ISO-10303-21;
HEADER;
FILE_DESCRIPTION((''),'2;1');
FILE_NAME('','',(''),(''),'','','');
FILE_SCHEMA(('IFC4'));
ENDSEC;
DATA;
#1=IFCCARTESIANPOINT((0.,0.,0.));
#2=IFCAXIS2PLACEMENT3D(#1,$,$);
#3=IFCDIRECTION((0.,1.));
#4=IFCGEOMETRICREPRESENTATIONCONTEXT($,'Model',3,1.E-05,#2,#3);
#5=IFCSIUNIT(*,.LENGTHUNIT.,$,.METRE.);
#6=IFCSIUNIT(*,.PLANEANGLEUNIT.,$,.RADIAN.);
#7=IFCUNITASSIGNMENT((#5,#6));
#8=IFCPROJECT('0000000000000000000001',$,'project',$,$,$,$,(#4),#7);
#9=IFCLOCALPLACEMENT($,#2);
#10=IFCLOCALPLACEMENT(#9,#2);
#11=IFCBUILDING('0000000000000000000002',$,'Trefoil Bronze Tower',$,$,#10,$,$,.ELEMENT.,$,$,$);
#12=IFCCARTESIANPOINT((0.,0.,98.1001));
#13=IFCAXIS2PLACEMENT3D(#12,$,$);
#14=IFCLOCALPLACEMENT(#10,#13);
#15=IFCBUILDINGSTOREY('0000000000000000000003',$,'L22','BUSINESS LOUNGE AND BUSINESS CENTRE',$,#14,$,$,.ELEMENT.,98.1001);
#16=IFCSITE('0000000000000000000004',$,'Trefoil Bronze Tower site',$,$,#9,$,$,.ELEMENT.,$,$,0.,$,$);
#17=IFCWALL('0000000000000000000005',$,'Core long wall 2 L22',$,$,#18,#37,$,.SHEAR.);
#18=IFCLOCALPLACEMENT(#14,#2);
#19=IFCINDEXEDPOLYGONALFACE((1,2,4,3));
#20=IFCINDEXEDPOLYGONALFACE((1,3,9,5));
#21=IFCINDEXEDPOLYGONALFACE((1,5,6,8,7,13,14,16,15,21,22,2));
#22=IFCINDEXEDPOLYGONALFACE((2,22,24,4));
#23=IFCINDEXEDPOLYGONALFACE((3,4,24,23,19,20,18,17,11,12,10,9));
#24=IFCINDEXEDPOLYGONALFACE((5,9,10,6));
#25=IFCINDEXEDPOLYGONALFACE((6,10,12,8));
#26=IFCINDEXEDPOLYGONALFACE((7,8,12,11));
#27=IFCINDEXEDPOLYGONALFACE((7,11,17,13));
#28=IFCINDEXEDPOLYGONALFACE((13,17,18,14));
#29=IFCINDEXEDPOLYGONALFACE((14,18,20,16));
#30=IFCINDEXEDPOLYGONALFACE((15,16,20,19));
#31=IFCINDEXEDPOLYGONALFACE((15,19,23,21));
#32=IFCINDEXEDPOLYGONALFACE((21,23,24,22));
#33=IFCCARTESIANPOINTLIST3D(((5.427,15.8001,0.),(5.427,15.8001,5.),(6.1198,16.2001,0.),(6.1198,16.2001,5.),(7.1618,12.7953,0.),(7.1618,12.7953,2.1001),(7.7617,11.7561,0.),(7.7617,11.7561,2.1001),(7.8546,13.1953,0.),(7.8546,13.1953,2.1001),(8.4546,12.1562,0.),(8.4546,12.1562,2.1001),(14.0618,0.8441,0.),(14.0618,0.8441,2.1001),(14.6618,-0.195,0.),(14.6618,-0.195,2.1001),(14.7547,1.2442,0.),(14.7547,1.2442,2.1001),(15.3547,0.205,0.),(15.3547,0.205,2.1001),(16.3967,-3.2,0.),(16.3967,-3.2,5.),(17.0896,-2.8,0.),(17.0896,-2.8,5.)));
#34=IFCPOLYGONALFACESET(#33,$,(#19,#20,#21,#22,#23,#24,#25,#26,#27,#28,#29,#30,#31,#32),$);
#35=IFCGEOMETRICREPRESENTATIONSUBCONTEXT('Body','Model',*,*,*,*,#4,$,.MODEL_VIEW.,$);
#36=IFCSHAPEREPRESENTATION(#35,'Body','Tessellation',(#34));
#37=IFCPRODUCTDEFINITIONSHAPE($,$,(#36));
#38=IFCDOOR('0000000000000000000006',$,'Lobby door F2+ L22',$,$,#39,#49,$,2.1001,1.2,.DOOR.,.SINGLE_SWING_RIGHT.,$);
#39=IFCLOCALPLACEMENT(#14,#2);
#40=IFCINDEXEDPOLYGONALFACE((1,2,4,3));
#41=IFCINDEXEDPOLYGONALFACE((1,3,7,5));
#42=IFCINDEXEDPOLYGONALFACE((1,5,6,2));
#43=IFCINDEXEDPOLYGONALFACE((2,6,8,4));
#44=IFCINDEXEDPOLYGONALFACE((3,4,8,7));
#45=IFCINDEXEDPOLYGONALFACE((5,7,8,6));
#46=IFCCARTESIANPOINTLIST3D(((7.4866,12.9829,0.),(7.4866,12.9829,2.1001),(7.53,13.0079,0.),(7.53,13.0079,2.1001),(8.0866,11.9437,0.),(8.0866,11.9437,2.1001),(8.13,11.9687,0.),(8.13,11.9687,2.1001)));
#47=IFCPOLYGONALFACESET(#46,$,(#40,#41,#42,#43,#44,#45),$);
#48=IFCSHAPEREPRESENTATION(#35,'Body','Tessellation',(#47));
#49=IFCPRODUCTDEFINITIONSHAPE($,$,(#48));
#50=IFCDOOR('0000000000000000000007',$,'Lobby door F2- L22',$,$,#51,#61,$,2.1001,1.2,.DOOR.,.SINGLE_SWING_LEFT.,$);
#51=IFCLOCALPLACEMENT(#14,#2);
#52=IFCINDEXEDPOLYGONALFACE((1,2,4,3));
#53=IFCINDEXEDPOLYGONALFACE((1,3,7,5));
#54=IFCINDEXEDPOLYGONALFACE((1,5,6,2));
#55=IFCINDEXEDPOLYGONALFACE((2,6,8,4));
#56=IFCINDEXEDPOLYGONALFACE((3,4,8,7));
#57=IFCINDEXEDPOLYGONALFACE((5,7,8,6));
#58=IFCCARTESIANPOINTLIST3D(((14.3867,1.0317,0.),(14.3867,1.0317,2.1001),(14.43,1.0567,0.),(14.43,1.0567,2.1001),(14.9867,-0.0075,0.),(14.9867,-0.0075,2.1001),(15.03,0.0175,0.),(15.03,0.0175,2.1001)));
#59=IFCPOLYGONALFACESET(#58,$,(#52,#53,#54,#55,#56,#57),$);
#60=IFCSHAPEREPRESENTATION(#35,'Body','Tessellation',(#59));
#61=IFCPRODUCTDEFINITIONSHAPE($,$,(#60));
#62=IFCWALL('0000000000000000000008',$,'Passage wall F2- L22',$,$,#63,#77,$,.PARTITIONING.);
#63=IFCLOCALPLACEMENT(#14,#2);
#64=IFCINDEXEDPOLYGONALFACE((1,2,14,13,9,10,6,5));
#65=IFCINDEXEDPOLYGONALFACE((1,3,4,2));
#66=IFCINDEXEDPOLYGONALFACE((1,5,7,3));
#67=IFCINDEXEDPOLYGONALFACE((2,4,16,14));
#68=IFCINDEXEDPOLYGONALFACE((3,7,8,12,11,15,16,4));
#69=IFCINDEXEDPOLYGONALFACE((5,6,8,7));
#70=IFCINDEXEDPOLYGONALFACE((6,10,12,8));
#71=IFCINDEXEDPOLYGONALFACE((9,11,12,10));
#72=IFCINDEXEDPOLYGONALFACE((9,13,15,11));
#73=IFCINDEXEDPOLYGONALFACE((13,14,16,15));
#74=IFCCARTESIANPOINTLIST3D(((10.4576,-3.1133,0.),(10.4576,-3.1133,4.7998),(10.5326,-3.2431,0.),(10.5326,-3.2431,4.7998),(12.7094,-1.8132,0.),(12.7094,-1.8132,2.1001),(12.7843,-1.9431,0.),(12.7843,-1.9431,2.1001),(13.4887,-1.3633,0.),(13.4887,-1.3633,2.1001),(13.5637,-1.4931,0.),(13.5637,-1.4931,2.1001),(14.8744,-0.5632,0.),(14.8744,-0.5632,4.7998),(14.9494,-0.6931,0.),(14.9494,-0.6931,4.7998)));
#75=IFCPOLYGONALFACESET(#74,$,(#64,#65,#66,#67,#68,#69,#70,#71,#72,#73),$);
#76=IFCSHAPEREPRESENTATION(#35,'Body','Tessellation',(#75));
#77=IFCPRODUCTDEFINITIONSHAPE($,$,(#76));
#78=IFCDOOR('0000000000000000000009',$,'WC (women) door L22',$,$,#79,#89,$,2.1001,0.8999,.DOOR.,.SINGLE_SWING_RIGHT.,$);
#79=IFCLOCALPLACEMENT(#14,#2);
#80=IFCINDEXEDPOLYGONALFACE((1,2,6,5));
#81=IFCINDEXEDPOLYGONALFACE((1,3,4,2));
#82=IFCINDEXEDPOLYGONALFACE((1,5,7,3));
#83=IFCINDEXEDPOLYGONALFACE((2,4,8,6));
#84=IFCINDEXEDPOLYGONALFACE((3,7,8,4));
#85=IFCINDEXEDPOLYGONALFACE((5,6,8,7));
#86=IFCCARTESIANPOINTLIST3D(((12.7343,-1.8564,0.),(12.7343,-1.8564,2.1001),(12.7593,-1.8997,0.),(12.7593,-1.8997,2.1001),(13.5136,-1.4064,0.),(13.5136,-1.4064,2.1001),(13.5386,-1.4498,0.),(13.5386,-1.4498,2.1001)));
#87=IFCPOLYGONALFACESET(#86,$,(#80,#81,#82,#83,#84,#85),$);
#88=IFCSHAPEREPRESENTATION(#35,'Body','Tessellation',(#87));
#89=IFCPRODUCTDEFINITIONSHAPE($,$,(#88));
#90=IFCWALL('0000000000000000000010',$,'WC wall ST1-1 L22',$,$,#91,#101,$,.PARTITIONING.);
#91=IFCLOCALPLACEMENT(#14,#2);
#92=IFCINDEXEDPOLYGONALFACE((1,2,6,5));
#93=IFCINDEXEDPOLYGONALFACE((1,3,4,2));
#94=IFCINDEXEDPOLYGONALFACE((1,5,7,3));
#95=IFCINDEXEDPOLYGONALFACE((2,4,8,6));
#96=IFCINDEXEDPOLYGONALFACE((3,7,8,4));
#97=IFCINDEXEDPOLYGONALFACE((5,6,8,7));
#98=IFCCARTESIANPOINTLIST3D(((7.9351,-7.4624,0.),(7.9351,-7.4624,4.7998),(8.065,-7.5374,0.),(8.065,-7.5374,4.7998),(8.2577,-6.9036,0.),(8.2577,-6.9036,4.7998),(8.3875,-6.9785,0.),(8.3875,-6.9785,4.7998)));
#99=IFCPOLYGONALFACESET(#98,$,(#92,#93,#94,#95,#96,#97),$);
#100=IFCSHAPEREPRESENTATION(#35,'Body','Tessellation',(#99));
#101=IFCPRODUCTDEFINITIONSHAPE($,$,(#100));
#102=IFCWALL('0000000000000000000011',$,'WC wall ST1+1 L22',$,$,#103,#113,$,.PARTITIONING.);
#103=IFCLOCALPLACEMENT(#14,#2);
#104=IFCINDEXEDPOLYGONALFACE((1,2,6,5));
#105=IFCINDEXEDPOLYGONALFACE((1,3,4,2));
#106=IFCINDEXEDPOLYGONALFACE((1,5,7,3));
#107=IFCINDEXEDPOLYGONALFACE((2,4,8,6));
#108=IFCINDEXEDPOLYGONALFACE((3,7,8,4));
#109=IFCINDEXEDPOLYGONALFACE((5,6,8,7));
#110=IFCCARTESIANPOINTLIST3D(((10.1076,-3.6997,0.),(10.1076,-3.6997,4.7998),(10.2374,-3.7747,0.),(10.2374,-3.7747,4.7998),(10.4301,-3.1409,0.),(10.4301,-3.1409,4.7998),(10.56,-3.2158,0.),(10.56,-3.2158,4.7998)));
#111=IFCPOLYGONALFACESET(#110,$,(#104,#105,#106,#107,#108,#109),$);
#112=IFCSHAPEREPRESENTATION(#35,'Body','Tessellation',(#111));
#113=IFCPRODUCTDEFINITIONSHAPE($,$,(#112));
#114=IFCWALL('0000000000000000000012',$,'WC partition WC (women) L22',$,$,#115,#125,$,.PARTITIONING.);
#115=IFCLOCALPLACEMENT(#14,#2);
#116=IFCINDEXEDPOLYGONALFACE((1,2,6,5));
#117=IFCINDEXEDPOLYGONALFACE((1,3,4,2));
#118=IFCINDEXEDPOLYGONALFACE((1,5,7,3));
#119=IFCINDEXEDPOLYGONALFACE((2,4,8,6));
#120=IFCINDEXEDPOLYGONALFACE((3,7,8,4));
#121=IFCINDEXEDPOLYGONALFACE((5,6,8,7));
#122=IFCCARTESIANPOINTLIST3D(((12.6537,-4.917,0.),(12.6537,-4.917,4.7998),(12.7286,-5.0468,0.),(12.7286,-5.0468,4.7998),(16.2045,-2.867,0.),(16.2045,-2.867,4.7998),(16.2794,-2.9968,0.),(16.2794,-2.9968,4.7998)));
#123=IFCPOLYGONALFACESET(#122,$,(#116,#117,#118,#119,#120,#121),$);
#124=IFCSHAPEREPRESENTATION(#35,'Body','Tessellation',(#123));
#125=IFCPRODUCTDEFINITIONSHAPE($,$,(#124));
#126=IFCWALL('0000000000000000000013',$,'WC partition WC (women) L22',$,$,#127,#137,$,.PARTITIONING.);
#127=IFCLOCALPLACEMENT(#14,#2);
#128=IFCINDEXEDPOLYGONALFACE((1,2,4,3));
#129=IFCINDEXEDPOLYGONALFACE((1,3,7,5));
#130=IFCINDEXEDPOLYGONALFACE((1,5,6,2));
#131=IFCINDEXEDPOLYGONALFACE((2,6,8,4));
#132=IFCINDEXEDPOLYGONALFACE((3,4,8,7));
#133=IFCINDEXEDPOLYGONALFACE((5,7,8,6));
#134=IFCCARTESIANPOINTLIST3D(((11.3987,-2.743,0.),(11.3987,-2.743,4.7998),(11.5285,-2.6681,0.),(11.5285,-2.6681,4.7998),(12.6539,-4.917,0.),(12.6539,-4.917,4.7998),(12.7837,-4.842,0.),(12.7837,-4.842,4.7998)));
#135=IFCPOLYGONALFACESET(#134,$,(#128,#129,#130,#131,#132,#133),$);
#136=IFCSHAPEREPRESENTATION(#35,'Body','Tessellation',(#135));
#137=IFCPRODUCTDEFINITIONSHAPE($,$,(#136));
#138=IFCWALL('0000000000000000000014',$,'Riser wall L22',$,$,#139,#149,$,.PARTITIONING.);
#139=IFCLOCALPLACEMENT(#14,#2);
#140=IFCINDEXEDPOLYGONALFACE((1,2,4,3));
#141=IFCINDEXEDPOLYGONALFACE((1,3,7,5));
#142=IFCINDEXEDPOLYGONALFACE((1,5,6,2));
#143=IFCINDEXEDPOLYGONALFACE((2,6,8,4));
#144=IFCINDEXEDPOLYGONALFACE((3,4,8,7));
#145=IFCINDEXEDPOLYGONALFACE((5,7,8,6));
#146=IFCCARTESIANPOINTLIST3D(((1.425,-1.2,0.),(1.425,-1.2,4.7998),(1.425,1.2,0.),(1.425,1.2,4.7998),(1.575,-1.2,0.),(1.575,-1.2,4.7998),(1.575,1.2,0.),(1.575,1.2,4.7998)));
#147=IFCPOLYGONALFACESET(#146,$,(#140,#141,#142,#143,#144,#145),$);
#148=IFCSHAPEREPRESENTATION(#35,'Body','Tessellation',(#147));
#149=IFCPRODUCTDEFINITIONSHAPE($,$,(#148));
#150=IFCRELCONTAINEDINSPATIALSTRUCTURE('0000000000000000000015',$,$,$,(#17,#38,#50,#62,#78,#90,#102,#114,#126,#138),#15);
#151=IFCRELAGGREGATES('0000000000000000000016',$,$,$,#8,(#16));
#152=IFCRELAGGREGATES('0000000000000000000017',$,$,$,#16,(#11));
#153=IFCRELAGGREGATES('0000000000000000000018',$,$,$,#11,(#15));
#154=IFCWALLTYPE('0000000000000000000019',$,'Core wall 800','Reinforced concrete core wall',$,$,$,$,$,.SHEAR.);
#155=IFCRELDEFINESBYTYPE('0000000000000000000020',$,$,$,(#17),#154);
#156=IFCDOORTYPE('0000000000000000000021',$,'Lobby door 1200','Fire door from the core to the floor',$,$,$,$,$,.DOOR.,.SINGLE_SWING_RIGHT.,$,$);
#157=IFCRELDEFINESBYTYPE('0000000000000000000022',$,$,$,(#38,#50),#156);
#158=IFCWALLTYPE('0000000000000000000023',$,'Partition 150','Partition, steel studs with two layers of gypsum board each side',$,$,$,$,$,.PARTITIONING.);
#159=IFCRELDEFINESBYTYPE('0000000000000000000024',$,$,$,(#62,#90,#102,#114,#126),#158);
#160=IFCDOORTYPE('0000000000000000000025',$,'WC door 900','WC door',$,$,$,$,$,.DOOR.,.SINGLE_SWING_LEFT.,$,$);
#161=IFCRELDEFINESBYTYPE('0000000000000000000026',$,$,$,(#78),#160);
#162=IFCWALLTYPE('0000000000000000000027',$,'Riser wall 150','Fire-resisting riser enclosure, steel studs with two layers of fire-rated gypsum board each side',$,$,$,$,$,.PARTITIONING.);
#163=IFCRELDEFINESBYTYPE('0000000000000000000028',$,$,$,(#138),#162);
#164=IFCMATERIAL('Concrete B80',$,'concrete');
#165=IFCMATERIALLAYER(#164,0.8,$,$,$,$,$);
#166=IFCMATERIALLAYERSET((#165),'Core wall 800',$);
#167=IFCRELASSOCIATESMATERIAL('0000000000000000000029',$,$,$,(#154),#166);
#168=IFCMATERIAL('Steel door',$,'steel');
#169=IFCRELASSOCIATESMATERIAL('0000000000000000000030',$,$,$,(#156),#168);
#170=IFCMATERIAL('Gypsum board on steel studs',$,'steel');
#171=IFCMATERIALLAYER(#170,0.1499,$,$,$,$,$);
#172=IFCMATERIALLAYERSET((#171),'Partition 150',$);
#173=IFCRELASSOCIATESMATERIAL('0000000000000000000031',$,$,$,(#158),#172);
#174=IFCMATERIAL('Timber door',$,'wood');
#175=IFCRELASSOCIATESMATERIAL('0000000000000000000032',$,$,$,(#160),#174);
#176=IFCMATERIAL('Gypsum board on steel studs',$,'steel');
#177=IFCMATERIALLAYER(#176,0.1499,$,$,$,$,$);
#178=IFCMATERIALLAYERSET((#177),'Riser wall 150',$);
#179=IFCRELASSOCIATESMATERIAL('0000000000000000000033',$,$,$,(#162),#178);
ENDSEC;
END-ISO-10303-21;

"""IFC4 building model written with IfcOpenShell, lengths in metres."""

from ifc_helpers import new_model, si_unit, direction, frame, frame_2d, origin, place, context, subcontext, project, spatial, rectangle, extrude, material, layer, layer_set, type_object, element, fill, save


model = new_model("IFC4")

# Units and contexts
model_context = context("Model", 3, precision=1e-05, world=origin(), true_north=direction((0.0, 1.0)))
body_context = subcontext(model_context, "Body", "Model", "MODEL_VIEW")
ifc_project = project(units=[si_unit("LENGTHUNIT", "METRE"), si_unit("PLANEANGLEUNIT", "RADIAN")], contexts=[model_context])

# Site, building, storey
site_placement = place(None, origin())
site = spatial("IfcSite", under=ifc_project, at=site_placement, Name="Trefoil Bronze Tower site", CompositionType="ELEMENT", RefElevation=0.0)
building_placement = place(site_placement, origin())
building = spatial("IfcBuilding", under=site, at=building_placement, Name="Trefoil Bronze Tower", CompositionType="ELEMENT")
storey_placement = place(building_placement, frame((0.0, 0.0, 98.1001)))
storey = spatial("IfcBuildingStorey", under=building, at=storey_placement, Name="L22", Description="BUSINESS LOUNGE AND BUSINESS CENTRE", CompositionType="ELEMENT", Elevation=98.1001)

# Wall, openings, doors
ifc_material_1 = material(Name="Concrete B80", Category="concrete")
ifc_layer_1 = layer(ifc_material_1, 0.8)
ifc_layer_set_1 = layer_set([ifc_layer_1], Name="Core wall 800")
wall_type_1 = type_object("IfcWallType", Name="Core wall 800", Description="Reinforced concrete core wall", PredefinedType="SHEAR", material=ifc_layer_set_1)
wall_1_placement = place(storey_placement, frame((16.7432, -3.0, 0.0), z_axis=(0.0, 0.0, 1.0), x_axis=(-0.500002, 0.866024, 0.0)))
wall_1 = element("IfcWall", 1, at=wall_1_placement, inside=storey, type_object=wall_type_1, Name="Core long wall 2 L22", PredefinedType="SHEAR", context=body_context, shape_type="SweptSolid", body=[
    extrude(rectangle(XDim=21.9395, YDim=0.8, at=frame_2d((10.9697, 0.0))), origin(), (0.0, 0.0, 1.0), 5.0),
])
opening_1_placement = place(wall_1_placement, frame((17.2698, 0.0, 0.0)))
opening_1 = element("IfcOpeningElement", 2, at=opening_1_placement, cuts=wall_1, PredefinedType="OPENING", context=body_context, shape_type="SweptSolid", body=[
    extrude(rectangle(XDim=1.2, YDim=2.1001, at=frame_2d((0.6001, 1.05))), frame((0.0, 0.4099, 0.0), z_axis=(0.0, -1.0, 0.0), x_axis=(1.0, 0.0, 0.0)), (0.0, 0.0, 1.0), 0.8201),
])
opening_2_placement = place(wall_1_placement, frame((3.4697, 0.0, 0.0)))
opening_2 = element("IfcOpeningElement", 3, at=opening_2_placement, cuts=wall_1, PredefinedType="OPENING", context=body_context, shape_type="SweptSolid", body=[
    extrude(rectangle(XDim=1.2, YDim=2.1001, at=frame_2d((0.6001, 1.05))), frame((0.0, 0.4099, 0.0), z_axis=(0.0, -1.0, 0.0), x_axis=(1.0, 0.0, 0.0)), (0.0, 0.0, 1.0), 0.8201),
])
ifc_material_2 = material(Name="Steel door", Category="steel")
door_type_1 = type_object("IfcDoorType", Name="Lobby door 1200", Description="Fire door from the core to the floor", OperationType="SINGLE_SWING_RIGHT", PredefinedType="DOOR", material=ifc_material_2)
door_1_placement = place(opening_1_placement, origin())
door_1 = element("IfcDoor", 4, at=door_1_placement, inside=storey, type_object=door_type_1, Name="Lobby door F2+ L22", OperationType="SINGLE_SWING_RIGHT", OverallHeight=2.1001, OverallWidth=1.2, PredefinedType="DOOR", context=body_context, shape_type="SweptSolid", body=[
    extrude(rectangle(XDim=1.2, YDim=2.1001, at=frame_2d((0.6001, 1.05))), frame((0.0, 0.0249, 0.0), z_axis=(0.0, -1.0, 0.0), x_axis=(1.0, 0.0, 0.0)), (0.0, 0.0, 1.0), 0.05),
])
fill(opening_1, door_1)
door_2_placement = place(opening_2_placement, origin())
door_2 = element("IfcDoor", 5, at=door_2_placement, inside=storey, type_object=door_type_1, Name="Lobby door F2- L22", OperationType="SINGLE_SWING_LEFT", OverallHeight=2.1001, OverallWidth=1.2, PredefinedType="DOOR", context=body_context, shape_type="SweptSolid", body=[
    extrude(rectangle(XDim=1.2, YDim=2.1001, at=frame_2d((0.6001, 1.05))), frame((0.0, 0.0249, 0.0), z_axis=(0.0, -1.0, 0.0), x_axis=(1.0, 0.0, 0.0)), (0.0, 0.0, 1.0), 0.05),
])
fill(opening_2, door_2)

# Wall, opening, door
ifc_material_3 = material(Name="Gypsum board on steel studs", Category="steel")
ifc_layer_2 = layer(ifc_material_3, 0.1499)
ifc_layer_set_2 = layer_set([ifc_layer_2], Name="Partition 150")
wall_type_2 = type_object("IfcWallType", Name="Partition 150", Description="Partition, steel studs with two layers of gypsum board each side", PredefinedType="PARTITIONING", material=ifc_layer_set_2)
wall_2_placement = place(storey_placement, frame((10.4951, -3.1782, 0.0), z_axis=(0.0, 0.0, 1.0), x_axis=(0.866022, 0.500006, 0.0)))
wall_2 = element("IfcWall", 6, at=wall_2_placement, inside=storey, type_object=wall_type_2, Name="Passage wall F2- L22", PredefinedType="PARTITIONING", context=body_context, shape_type="SweptSolid", body=[
    extrude(rectangle(XDim=5.1001, YDim=0.1499, at=frame_2d((2.55, 0.0))), origin(), (0.0, 0.0, 1.0), 4.7998),
])
opening_3_placement = place(wall_2_placement, frame((2.6001, 0.0, 0.0)))
opening_3 = element("IfcOpeningElement", 7, at=opening_3_placement, cuts=wall_2, PredefinedType="OPENING", context=body_context, shape_type="SweptSolid", body=[
    extrude(rectangle(XDim=0.8999, YDim=2.1001, at=frame_2d((0.45, 1.05))), frame((0.0, 0.085, 0.0), z_axis=(0.0, -1.0, 0.0), x_axis=(1.0, 0.0, 0.0)), (0.0, 0.0, 1.0), 0.1699),
])
ifc_material_4 = material(Name="Timber door", Category="wood")
door_type_2 = type_object("IfcDoorType", Name="WC door 900", Description="WC door", OperationType="SINGLE_SWING_LEFT", PredefinedType="DOOR", material=ifc_material_4)
door_3_placement = place(opening_3_placement, frame((0.8999, 0.0, 0.0), z_axis=(0.0, 0.0, 1.0), x_axis=(-1.0, 0.0, 0.0)))
door_3 = element("IfcDoor", 8, at=door_3_placement, inside=storey, type_object=door_type_2, Name="WC (women) door L22", OperationType="SINGLE_SWING_RIGHT", OverallHeight=2.1001, OverallWidth=0.8999, PredefinedType="DOOR", context=body_context, shape_type="SweptSolid", body=[
    extrude(rectangle(XDim=0.8999, YDim=2.1001, at=frame_2d((0.45, 1.05))), frame((0.0, 0.0249, 0.0), z_axis=(0.0, -1.0, 0.0), x_axis=(1.0, 0.0, 0.0)), (0.0, 0.0, 1.0), 0.05),
])
fill(opening_3, door_3)

# Walls
for number, where, z_axis, x_axis, name in (
    (9, (8.0, -7.5, 0.0), (0.0, 0.0, 1.0), (0.499843, 0.866116, 0.0), "WC wall ST1-1 L22"),
    (10, (10.4951, -3.1782, 0.0), (0.0, 0.0, 1.0), (-0.499843, -0.866116, 0.0), "WC wall ST1+1 L22"),
):
    element("IfcWall", number, at=place(storey_placement, frame(where, z_axis=z_axis, x_axis=x_axis)), inside=storey, type_object=wall_type_2, Name=name, PredefinedType="PARTITIONING", context=body_context, shape_type="SweptSolid", body=[
        extrude(rectangle(XDim=0.6453, YDim=0.1499, at=frame_2d((0.3228, 0.0))), origin(), (0.0, 0.0, 1.0), 4.7998),
    ])
wall_3_placement = place(storey_placement, frame((12.6912, -4.9819, 0.0), z_axis=(0.0, 0.0, 1.0), x_axis=(0.866025, 0.500001, 0.0)))
element("IfcWall", 11, at=wall_3_placement, inside=storey, type_object=wall_type_2, Name="WC partition WC (women) L22", PredefinedType="PARTITIONING", context=body_context, shape_type="SweptSolid", body=[
    extrude(rectangle(XDim=4.1001, YDim=0.1499, at=frame_2d((2.05, 0.0))), origin(), (0.0, 0.0, 1.0), 4.7998),
])
wall_4_placement = place(storey_placement, frame((11.4636, -2.7056, 0.0), z_axis=(0.0, 0.0, 1.0), x_axis=(0.50002, -0.866014, 0.0)))
element("IfcWall", 12, at=wall_4_placement, inside=storey, type_object=wall_type_2, Name="WC partition WC (women) L22", PredefinedType="PARTITIONING", context=body_context, shape_type="SweptSolid", body=[
    extrude(rectangle(XDim=2.5103, YDim=0.1499, at=frame_2d((1.2551, 0.0))), origin(), (0.0, 0.0, 1.0), 4.7998),
])
ifc_material_5 = material(Name="Gypsum board on steel studs", Category="steel")
ifc_layer_3 = layer(ifc_material_5, 0.1499)
ifc_layer_set_3 = layer_set([ifc_layer_3], Name="Riser wall 150")
wall_type_3 = type_object("IfcWallType", Name="Riser wall 150", Description="Fire-resisting riser enclosure, steel studs with two layers of fire-rated gypsum board each side", PredefinedType="PARTITIONING", material=ifc_layer_set_3)
wall_5_placement = place(storey_placement, frame((1.5, -1.2, 0.0), z_axis=(0.0, 0.0, 1.0), x_axis=(0.0, 1.0, 0.0)))
element("IfcWall", 13, at=wall_5_placement, inside=storey, type_object=wall_type_3, Name="Riser wall L22", PredefinedType="PARTITIONING", context=body_context, shape_type="SweptSolid", body=[
    extrude(rectangle(XDim=2.3999, YDim=0.1499, at=frame_2d((1.2, 0.0))), origin(), (0.0, 0.0, 1.0), 4.7998),
])

save(model, "model.ifc")
